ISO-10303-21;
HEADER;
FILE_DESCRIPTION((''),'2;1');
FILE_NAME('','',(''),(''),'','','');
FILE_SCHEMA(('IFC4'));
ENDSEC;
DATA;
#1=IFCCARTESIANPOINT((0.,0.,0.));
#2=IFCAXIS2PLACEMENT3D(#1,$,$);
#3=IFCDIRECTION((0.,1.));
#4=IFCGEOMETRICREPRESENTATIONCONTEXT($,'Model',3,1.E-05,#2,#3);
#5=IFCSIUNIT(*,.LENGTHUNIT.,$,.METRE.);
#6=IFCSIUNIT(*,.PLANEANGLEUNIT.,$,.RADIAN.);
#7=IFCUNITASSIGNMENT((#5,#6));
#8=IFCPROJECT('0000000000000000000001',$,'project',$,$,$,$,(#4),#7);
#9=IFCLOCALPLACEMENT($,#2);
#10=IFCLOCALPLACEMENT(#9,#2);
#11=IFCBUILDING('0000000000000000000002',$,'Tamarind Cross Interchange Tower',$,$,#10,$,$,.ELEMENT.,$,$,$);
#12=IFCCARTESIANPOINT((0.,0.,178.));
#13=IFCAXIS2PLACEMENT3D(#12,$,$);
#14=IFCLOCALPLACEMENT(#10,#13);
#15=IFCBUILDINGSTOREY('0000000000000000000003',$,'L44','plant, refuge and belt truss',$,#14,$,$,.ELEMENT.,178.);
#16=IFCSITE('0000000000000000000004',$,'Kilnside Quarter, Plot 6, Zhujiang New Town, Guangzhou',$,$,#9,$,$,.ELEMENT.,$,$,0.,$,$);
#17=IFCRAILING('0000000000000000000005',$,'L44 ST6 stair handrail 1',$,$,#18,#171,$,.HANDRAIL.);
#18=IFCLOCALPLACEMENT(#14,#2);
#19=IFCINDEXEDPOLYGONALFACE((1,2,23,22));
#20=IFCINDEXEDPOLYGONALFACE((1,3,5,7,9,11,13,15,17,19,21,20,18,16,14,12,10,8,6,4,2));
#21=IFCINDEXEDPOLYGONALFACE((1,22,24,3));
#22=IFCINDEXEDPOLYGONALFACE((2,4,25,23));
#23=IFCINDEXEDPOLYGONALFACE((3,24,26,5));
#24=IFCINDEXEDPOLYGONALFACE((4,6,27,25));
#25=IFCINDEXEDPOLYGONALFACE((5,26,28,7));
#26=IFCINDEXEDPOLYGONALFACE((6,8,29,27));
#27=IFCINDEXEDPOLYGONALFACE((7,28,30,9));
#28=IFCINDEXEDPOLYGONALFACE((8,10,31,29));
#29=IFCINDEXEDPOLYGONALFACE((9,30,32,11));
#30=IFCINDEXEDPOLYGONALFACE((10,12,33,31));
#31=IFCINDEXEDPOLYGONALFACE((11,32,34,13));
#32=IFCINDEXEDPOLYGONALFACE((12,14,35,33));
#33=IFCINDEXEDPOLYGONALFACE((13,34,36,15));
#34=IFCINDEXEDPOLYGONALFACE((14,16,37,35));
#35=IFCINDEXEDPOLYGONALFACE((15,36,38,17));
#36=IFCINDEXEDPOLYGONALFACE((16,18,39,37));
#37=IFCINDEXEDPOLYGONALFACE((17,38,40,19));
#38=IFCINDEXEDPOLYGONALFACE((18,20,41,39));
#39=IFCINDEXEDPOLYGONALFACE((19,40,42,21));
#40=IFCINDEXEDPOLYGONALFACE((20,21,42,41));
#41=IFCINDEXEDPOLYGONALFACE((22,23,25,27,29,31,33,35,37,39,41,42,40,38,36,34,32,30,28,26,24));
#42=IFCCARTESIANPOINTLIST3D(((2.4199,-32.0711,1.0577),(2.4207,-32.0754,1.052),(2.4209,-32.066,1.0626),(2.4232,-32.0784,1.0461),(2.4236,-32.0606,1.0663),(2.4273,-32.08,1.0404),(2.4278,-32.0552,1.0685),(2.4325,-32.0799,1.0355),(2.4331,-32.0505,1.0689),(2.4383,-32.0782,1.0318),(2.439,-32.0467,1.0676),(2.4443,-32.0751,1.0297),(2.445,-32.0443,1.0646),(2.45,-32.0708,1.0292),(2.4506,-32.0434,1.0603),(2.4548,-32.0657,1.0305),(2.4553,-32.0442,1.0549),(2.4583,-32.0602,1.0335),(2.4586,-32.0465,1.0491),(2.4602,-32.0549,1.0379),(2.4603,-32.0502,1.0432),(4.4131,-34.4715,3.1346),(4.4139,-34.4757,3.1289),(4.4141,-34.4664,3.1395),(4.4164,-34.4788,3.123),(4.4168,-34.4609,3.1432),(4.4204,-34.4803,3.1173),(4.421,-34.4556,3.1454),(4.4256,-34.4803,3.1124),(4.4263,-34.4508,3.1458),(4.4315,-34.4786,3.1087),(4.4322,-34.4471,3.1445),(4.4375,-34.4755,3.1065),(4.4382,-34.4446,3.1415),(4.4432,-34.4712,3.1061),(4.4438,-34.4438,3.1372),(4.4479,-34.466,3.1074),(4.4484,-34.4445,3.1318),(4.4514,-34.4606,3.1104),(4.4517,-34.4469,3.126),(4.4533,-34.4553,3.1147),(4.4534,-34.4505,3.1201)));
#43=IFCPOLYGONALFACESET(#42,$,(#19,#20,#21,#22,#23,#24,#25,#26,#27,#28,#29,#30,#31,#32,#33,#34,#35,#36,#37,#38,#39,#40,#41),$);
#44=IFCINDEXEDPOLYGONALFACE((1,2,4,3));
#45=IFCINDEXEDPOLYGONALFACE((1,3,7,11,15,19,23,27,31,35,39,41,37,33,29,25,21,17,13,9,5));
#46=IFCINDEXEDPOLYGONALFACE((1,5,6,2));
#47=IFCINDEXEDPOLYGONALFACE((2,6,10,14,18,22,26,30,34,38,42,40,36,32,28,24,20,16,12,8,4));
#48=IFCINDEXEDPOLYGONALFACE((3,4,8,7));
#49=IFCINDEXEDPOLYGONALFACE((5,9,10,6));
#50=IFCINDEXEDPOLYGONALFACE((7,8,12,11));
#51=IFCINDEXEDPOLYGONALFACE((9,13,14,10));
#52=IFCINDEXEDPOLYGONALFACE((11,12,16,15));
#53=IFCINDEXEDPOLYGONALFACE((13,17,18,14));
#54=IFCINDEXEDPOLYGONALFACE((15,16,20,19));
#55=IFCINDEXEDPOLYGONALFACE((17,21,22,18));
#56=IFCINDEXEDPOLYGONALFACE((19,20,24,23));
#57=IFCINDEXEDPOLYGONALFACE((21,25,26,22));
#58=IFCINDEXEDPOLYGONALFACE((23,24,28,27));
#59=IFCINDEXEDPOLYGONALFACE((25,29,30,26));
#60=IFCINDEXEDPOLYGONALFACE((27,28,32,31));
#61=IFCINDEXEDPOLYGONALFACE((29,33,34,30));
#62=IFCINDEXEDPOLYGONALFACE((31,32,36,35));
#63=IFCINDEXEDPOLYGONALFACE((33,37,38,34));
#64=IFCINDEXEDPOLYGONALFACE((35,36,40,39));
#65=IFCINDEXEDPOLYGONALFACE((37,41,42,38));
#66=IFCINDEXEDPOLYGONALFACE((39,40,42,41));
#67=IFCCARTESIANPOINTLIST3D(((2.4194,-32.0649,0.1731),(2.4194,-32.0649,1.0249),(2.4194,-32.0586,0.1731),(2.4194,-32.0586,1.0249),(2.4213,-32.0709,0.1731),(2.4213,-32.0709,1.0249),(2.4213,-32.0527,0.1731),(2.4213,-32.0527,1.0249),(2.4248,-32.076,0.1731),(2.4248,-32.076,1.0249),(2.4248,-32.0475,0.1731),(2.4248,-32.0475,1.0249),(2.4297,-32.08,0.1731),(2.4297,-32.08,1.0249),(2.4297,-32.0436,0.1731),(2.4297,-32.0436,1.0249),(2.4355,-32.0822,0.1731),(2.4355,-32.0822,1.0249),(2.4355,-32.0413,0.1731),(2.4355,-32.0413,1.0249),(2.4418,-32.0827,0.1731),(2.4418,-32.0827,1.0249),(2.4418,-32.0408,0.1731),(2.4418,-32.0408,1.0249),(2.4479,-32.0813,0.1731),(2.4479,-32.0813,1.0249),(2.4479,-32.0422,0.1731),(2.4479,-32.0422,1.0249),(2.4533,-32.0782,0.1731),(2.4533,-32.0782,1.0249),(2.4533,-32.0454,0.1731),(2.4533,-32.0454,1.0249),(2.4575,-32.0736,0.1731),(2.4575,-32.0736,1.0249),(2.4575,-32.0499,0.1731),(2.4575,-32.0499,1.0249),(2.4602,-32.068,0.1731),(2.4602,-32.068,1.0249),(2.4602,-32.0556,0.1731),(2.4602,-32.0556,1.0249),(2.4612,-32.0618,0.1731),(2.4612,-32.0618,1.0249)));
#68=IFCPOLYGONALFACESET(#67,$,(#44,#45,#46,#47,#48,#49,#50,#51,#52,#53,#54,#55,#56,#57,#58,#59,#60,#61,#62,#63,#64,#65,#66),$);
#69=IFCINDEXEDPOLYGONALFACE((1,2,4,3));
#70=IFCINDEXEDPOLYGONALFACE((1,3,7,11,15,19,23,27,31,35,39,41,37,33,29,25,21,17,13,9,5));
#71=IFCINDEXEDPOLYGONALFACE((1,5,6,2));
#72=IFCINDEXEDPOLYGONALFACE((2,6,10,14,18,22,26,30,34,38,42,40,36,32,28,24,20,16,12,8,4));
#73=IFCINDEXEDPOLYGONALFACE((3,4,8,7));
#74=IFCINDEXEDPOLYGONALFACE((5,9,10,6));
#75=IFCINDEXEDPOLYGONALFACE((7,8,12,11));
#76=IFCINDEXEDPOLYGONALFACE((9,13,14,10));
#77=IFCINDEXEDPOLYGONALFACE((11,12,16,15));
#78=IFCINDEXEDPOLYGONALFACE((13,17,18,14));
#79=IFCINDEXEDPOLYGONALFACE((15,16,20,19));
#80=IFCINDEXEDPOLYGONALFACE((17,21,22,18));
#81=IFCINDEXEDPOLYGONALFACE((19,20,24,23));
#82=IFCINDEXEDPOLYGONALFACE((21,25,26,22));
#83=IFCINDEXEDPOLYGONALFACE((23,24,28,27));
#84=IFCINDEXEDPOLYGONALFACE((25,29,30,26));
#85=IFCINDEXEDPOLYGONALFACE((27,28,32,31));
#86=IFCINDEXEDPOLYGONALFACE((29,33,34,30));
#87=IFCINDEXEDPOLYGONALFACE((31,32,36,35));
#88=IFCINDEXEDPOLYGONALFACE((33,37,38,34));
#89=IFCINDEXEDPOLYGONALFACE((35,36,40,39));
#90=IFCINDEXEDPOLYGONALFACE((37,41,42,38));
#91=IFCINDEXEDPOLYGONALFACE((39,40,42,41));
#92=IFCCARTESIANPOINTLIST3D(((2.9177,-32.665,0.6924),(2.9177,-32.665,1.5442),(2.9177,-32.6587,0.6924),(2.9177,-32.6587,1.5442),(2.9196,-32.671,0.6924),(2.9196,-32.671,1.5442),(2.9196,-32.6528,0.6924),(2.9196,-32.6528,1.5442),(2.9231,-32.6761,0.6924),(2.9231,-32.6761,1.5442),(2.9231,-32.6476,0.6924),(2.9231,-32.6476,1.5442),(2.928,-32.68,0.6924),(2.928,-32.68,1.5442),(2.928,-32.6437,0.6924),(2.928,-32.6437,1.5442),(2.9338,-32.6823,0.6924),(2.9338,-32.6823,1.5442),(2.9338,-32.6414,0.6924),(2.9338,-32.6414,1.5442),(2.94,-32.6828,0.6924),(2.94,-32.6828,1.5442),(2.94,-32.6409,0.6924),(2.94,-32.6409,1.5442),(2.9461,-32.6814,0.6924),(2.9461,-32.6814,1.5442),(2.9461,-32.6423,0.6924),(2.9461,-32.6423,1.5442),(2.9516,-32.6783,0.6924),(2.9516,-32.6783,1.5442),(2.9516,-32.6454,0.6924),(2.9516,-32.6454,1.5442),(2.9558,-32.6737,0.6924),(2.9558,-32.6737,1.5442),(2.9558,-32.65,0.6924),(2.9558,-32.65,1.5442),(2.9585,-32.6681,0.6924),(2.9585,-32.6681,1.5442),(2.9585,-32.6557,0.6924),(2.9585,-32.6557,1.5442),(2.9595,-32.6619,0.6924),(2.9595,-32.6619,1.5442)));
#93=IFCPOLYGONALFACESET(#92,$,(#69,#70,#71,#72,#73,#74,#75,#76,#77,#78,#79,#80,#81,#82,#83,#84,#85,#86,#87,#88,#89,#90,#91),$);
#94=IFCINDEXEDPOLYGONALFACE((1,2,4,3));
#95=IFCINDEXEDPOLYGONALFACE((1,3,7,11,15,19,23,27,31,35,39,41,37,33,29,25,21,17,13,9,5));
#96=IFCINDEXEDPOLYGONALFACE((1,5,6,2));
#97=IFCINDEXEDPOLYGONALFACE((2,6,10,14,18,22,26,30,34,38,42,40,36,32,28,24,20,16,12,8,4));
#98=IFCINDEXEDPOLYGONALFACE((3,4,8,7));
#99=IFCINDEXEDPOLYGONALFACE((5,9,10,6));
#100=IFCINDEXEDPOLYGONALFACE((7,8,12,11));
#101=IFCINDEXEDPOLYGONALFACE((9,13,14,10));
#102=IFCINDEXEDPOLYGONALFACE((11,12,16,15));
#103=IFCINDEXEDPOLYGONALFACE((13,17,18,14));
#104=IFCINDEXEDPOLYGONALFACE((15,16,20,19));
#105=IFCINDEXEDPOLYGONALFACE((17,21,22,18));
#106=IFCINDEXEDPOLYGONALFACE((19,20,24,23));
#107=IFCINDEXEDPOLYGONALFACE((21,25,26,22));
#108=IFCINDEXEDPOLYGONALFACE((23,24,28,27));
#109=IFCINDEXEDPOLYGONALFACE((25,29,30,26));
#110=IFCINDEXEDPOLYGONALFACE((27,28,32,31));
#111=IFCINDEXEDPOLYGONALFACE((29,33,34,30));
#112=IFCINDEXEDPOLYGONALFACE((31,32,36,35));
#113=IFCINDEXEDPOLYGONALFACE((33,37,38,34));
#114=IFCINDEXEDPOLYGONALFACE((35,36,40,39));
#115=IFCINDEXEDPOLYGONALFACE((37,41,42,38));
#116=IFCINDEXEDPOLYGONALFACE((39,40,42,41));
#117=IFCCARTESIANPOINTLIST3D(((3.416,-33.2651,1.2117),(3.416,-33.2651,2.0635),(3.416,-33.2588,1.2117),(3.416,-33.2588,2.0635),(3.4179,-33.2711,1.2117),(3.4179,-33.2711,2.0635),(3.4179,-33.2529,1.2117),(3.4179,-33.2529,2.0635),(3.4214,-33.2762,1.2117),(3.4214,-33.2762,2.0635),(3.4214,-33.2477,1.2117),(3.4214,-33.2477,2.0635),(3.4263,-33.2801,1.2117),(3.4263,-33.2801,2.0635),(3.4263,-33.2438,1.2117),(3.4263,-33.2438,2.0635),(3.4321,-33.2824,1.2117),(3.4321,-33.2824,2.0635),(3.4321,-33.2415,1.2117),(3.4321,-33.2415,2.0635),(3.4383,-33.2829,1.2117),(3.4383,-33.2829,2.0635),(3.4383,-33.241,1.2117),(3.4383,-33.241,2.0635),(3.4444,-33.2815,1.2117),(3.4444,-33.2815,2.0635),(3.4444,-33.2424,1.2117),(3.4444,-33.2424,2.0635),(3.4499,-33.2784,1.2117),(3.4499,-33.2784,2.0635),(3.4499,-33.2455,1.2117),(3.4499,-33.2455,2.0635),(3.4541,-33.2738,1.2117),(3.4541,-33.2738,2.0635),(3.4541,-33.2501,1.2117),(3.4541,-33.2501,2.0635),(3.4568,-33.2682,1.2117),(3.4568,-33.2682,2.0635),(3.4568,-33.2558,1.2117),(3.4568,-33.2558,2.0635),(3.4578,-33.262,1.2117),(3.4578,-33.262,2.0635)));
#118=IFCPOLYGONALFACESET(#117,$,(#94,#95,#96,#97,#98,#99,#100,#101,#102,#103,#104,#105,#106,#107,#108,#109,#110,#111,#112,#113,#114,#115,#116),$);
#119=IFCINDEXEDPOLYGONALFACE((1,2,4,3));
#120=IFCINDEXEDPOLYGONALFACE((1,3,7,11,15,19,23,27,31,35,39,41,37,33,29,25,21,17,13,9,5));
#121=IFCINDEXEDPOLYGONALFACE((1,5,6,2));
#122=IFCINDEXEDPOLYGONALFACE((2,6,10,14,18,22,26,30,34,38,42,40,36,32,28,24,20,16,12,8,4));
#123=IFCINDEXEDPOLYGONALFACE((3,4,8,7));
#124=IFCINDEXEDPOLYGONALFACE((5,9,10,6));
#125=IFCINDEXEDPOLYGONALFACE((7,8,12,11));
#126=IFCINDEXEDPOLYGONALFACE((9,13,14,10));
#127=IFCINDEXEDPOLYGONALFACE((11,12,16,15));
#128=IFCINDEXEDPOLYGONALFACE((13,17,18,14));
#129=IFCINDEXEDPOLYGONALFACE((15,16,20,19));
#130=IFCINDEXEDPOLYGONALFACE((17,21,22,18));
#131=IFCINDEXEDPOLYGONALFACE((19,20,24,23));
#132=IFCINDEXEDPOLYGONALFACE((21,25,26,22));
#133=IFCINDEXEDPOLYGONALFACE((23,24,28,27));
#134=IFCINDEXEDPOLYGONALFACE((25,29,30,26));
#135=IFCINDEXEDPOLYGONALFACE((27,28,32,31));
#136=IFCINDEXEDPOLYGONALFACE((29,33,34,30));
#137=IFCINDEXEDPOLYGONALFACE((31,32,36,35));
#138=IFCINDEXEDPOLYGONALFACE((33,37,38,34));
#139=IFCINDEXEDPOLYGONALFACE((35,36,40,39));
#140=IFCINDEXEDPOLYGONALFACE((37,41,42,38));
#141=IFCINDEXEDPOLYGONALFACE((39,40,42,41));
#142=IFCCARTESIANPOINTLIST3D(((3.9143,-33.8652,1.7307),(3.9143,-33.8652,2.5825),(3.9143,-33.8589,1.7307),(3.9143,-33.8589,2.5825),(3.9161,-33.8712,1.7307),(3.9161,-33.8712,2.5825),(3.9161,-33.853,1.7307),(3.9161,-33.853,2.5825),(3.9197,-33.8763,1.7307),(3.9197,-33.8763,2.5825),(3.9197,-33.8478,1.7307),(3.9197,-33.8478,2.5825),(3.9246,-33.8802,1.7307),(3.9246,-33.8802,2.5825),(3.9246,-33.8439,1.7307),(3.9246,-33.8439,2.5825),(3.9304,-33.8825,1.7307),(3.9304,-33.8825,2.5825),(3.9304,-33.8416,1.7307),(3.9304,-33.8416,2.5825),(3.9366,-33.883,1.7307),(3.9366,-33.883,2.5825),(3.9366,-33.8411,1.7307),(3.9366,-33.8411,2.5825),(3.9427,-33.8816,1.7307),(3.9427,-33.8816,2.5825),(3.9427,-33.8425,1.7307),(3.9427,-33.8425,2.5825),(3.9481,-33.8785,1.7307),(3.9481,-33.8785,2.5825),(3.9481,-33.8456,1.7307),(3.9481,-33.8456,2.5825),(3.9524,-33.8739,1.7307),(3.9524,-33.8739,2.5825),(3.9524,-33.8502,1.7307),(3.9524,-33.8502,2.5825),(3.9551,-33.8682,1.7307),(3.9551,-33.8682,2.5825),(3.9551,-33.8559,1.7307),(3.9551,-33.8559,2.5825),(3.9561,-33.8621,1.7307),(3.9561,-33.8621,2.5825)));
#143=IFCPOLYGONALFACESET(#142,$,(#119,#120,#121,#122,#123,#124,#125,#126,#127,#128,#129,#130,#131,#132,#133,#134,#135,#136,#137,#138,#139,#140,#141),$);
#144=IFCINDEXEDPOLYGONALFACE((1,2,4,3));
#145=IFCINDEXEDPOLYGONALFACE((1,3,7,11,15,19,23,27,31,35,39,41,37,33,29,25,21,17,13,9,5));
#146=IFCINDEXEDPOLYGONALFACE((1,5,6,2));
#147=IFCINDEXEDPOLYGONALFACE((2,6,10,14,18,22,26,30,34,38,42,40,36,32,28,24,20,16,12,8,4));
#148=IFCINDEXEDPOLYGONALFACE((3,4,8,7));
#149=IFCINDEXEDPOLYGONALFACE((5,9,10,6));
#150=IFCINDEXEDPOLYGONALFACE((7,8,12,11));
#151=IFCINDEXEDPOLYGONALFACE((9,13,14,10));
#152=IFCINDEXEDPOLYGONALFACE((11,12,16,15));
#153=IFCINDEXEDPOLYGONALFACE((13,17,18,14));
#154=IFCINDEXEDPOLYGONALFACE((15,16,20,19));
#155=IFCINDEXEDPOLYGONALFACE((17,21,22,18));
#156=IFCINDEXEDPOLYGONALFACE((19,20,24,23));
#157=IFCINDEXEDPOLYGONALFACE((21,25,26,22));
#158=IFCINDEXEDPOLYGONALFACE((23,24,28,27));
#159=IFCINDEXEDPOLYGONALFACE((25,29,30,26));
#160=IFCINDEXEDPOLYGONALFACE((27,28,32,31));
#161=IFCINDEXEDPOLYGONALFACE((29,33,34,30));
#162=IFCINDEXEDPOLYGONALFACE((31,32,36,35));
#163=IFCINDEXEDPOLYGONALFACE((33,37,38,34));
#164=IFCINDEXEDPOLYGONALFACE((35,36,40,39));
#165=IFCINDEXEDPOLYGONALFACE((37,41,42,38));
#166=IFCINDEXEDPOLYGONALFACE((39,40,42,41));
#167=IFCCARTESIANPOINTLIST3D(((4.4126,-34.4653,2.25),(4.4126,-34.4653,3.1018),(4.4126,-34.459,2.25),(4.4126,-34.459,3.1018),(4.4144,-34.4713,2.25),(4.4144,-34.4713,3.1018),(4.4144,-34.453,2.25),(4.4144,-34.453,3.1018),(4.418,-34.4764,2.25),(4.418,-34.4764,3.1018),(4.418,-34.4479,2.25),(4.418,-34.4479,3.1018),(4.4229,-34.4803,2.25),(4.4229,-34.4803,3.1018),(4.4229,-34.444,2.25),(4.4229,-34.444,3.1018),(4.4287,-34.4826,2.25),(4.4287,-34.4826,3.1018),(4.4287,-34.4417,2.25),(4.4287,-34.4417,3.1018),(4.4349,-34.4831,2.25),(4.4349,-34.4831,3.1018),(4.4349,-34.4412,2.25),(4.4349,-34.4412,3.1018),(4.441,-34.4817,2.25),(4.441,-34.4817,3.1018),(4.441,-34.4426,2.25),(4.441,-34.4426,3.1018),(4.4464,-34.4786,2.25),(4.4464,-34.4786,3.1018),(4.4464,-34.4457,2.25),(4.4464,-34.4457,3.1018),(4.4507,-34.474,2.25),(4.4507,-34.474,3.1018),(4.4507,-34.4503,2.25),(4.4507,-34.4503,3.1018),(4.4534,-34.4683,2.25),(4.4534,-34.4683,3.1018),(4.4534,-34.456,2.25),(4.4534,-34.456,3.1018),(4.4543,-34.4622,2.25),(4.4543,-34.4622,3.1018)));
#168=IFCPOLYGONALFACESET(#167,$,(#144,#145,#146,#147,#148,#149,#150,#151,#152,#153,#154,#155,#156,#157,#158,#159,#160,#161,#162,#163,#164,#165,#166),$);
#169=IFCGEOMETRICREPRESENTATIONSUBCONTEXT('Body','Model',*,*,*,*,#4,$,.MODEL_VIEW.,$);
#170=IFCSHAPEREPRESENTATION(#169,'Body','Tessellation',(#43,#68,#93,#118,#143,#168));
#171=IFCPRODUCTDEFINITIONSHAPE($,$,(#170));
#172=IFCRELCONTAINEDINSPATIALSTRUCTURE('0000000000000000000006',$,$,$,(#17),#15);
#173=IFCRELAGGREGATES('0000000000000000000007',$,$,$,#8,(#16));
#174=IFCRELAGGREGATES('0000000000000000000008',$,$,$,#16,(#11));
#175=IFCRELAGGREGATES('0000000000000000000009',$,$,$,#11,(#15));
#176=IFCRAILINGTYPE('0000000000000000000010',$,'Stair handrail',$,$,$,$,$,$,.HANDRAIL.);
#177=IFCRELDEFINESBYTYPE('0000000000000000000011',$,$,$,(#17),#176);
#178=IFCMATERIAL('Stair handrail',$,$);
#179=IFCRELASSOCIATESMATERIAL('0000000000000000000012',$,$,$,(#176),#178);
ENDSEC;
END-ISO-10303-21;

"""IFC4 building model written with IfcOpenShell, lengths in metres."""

from ifc_helpers import new_model, si_unit, direction, frame, origin, origin_2d, place, context, subcontext, project, spatial, circle, extrude, material, type_object, element, save


model = new_model("IFC4")

# Units and contexts
model_context = context("Model", 3, precision=1e-05, world=origin(), true_north=direction((0.0, 1.0)))
body_context = subcontext(model_context, "Body", "Model", "MODEL_VIEW")
ifc_project = project(units=[si_unit("LENGTHUNIT", "METRE"), si_unit("PLANEANGLEUNIT", "RADIAN")], contexts=[model_context])

# Site, building, storey
site_placement = place(None, origin())
site = spatial("IfcSite", under=ifc_project, at=site_placement, Name="Kilnside Quarter, Plot 6, Zhujiang New Town, Guangzhou", CompositionType="ELEMENT", RefElevation=0.0)
building_placement = place(site_placement, origin())
building = spatial("IfcBuilding", under=site, at=building_placement, Name="Tamarind Cross Interchange Tower", CompositionType="ELEMENT")
storey_placement = place(building_placement, frame((0.0, 0.0, 178.0)))
storey = spatial("IfcBuildingStorey", under=building, at=storey_placement, Name="L44", Description="plant, refuge and belt truss", CompositionType="ELEMENT", Elevation=178.0)

# Railing
ifc_material_1 = material(Name="Stair handrail")
railing_type_1 = type_object("IfcRailingType", Name="Stair handrail", PredefinedType="HANDRAIL", material=ifc_material_1)
railing_1_placement = place(storey_placement, frame((2.4402, -32.0618, 0.1731)))
element("IfcRailing", 1, at=railing_1_placement, inside=storey, type_object=railing_type_1, Name="L44 ST6 stair handrail 1", PredefinedType="HANDRAIL", context=body_context, shape_type="SweptSolid", body=[
    extrude(circle(Radius=0.0239, at=origin_2d()), frame((0.0, 0.0, 0.876), z_axis=(0.531783, -0.640432, 0.554125), x_axis=(0.769349, 0.638829, 0.0)), (0.0, 0.0, 1.0), 3.748),
    extrude(circle(Radius=0.021, at=origin_2d()), origin(), (0.0, 0.0, 1.0), 0.8518),
    extrude(circle(Radius=0.021, at=origin_2d()), frame((0.4983, -0.6001, 0.5193)), (0.0, 0.0, 1.0), 0.8518),
    extrude(circle(Radius=0.021, at=origin_2d()), frame((0.9966, -1.2002, 1.0386)), (0.0, 0.0, 1.0), 0.8518),
    extrude(circle(Radius=0.021, at=origin_2d()), frame((1.4949, -1.8003, 1.5576)), (0.0, 0.0, 1.0), 0.8518),
    extrude(circle(Radius=0.021, at=origin_2d()), frame((1.9932, -2.4004, 2.0769)), (0.0, 0.0, 1.0), 0.8518),
])

save(model, "model.ifc")
